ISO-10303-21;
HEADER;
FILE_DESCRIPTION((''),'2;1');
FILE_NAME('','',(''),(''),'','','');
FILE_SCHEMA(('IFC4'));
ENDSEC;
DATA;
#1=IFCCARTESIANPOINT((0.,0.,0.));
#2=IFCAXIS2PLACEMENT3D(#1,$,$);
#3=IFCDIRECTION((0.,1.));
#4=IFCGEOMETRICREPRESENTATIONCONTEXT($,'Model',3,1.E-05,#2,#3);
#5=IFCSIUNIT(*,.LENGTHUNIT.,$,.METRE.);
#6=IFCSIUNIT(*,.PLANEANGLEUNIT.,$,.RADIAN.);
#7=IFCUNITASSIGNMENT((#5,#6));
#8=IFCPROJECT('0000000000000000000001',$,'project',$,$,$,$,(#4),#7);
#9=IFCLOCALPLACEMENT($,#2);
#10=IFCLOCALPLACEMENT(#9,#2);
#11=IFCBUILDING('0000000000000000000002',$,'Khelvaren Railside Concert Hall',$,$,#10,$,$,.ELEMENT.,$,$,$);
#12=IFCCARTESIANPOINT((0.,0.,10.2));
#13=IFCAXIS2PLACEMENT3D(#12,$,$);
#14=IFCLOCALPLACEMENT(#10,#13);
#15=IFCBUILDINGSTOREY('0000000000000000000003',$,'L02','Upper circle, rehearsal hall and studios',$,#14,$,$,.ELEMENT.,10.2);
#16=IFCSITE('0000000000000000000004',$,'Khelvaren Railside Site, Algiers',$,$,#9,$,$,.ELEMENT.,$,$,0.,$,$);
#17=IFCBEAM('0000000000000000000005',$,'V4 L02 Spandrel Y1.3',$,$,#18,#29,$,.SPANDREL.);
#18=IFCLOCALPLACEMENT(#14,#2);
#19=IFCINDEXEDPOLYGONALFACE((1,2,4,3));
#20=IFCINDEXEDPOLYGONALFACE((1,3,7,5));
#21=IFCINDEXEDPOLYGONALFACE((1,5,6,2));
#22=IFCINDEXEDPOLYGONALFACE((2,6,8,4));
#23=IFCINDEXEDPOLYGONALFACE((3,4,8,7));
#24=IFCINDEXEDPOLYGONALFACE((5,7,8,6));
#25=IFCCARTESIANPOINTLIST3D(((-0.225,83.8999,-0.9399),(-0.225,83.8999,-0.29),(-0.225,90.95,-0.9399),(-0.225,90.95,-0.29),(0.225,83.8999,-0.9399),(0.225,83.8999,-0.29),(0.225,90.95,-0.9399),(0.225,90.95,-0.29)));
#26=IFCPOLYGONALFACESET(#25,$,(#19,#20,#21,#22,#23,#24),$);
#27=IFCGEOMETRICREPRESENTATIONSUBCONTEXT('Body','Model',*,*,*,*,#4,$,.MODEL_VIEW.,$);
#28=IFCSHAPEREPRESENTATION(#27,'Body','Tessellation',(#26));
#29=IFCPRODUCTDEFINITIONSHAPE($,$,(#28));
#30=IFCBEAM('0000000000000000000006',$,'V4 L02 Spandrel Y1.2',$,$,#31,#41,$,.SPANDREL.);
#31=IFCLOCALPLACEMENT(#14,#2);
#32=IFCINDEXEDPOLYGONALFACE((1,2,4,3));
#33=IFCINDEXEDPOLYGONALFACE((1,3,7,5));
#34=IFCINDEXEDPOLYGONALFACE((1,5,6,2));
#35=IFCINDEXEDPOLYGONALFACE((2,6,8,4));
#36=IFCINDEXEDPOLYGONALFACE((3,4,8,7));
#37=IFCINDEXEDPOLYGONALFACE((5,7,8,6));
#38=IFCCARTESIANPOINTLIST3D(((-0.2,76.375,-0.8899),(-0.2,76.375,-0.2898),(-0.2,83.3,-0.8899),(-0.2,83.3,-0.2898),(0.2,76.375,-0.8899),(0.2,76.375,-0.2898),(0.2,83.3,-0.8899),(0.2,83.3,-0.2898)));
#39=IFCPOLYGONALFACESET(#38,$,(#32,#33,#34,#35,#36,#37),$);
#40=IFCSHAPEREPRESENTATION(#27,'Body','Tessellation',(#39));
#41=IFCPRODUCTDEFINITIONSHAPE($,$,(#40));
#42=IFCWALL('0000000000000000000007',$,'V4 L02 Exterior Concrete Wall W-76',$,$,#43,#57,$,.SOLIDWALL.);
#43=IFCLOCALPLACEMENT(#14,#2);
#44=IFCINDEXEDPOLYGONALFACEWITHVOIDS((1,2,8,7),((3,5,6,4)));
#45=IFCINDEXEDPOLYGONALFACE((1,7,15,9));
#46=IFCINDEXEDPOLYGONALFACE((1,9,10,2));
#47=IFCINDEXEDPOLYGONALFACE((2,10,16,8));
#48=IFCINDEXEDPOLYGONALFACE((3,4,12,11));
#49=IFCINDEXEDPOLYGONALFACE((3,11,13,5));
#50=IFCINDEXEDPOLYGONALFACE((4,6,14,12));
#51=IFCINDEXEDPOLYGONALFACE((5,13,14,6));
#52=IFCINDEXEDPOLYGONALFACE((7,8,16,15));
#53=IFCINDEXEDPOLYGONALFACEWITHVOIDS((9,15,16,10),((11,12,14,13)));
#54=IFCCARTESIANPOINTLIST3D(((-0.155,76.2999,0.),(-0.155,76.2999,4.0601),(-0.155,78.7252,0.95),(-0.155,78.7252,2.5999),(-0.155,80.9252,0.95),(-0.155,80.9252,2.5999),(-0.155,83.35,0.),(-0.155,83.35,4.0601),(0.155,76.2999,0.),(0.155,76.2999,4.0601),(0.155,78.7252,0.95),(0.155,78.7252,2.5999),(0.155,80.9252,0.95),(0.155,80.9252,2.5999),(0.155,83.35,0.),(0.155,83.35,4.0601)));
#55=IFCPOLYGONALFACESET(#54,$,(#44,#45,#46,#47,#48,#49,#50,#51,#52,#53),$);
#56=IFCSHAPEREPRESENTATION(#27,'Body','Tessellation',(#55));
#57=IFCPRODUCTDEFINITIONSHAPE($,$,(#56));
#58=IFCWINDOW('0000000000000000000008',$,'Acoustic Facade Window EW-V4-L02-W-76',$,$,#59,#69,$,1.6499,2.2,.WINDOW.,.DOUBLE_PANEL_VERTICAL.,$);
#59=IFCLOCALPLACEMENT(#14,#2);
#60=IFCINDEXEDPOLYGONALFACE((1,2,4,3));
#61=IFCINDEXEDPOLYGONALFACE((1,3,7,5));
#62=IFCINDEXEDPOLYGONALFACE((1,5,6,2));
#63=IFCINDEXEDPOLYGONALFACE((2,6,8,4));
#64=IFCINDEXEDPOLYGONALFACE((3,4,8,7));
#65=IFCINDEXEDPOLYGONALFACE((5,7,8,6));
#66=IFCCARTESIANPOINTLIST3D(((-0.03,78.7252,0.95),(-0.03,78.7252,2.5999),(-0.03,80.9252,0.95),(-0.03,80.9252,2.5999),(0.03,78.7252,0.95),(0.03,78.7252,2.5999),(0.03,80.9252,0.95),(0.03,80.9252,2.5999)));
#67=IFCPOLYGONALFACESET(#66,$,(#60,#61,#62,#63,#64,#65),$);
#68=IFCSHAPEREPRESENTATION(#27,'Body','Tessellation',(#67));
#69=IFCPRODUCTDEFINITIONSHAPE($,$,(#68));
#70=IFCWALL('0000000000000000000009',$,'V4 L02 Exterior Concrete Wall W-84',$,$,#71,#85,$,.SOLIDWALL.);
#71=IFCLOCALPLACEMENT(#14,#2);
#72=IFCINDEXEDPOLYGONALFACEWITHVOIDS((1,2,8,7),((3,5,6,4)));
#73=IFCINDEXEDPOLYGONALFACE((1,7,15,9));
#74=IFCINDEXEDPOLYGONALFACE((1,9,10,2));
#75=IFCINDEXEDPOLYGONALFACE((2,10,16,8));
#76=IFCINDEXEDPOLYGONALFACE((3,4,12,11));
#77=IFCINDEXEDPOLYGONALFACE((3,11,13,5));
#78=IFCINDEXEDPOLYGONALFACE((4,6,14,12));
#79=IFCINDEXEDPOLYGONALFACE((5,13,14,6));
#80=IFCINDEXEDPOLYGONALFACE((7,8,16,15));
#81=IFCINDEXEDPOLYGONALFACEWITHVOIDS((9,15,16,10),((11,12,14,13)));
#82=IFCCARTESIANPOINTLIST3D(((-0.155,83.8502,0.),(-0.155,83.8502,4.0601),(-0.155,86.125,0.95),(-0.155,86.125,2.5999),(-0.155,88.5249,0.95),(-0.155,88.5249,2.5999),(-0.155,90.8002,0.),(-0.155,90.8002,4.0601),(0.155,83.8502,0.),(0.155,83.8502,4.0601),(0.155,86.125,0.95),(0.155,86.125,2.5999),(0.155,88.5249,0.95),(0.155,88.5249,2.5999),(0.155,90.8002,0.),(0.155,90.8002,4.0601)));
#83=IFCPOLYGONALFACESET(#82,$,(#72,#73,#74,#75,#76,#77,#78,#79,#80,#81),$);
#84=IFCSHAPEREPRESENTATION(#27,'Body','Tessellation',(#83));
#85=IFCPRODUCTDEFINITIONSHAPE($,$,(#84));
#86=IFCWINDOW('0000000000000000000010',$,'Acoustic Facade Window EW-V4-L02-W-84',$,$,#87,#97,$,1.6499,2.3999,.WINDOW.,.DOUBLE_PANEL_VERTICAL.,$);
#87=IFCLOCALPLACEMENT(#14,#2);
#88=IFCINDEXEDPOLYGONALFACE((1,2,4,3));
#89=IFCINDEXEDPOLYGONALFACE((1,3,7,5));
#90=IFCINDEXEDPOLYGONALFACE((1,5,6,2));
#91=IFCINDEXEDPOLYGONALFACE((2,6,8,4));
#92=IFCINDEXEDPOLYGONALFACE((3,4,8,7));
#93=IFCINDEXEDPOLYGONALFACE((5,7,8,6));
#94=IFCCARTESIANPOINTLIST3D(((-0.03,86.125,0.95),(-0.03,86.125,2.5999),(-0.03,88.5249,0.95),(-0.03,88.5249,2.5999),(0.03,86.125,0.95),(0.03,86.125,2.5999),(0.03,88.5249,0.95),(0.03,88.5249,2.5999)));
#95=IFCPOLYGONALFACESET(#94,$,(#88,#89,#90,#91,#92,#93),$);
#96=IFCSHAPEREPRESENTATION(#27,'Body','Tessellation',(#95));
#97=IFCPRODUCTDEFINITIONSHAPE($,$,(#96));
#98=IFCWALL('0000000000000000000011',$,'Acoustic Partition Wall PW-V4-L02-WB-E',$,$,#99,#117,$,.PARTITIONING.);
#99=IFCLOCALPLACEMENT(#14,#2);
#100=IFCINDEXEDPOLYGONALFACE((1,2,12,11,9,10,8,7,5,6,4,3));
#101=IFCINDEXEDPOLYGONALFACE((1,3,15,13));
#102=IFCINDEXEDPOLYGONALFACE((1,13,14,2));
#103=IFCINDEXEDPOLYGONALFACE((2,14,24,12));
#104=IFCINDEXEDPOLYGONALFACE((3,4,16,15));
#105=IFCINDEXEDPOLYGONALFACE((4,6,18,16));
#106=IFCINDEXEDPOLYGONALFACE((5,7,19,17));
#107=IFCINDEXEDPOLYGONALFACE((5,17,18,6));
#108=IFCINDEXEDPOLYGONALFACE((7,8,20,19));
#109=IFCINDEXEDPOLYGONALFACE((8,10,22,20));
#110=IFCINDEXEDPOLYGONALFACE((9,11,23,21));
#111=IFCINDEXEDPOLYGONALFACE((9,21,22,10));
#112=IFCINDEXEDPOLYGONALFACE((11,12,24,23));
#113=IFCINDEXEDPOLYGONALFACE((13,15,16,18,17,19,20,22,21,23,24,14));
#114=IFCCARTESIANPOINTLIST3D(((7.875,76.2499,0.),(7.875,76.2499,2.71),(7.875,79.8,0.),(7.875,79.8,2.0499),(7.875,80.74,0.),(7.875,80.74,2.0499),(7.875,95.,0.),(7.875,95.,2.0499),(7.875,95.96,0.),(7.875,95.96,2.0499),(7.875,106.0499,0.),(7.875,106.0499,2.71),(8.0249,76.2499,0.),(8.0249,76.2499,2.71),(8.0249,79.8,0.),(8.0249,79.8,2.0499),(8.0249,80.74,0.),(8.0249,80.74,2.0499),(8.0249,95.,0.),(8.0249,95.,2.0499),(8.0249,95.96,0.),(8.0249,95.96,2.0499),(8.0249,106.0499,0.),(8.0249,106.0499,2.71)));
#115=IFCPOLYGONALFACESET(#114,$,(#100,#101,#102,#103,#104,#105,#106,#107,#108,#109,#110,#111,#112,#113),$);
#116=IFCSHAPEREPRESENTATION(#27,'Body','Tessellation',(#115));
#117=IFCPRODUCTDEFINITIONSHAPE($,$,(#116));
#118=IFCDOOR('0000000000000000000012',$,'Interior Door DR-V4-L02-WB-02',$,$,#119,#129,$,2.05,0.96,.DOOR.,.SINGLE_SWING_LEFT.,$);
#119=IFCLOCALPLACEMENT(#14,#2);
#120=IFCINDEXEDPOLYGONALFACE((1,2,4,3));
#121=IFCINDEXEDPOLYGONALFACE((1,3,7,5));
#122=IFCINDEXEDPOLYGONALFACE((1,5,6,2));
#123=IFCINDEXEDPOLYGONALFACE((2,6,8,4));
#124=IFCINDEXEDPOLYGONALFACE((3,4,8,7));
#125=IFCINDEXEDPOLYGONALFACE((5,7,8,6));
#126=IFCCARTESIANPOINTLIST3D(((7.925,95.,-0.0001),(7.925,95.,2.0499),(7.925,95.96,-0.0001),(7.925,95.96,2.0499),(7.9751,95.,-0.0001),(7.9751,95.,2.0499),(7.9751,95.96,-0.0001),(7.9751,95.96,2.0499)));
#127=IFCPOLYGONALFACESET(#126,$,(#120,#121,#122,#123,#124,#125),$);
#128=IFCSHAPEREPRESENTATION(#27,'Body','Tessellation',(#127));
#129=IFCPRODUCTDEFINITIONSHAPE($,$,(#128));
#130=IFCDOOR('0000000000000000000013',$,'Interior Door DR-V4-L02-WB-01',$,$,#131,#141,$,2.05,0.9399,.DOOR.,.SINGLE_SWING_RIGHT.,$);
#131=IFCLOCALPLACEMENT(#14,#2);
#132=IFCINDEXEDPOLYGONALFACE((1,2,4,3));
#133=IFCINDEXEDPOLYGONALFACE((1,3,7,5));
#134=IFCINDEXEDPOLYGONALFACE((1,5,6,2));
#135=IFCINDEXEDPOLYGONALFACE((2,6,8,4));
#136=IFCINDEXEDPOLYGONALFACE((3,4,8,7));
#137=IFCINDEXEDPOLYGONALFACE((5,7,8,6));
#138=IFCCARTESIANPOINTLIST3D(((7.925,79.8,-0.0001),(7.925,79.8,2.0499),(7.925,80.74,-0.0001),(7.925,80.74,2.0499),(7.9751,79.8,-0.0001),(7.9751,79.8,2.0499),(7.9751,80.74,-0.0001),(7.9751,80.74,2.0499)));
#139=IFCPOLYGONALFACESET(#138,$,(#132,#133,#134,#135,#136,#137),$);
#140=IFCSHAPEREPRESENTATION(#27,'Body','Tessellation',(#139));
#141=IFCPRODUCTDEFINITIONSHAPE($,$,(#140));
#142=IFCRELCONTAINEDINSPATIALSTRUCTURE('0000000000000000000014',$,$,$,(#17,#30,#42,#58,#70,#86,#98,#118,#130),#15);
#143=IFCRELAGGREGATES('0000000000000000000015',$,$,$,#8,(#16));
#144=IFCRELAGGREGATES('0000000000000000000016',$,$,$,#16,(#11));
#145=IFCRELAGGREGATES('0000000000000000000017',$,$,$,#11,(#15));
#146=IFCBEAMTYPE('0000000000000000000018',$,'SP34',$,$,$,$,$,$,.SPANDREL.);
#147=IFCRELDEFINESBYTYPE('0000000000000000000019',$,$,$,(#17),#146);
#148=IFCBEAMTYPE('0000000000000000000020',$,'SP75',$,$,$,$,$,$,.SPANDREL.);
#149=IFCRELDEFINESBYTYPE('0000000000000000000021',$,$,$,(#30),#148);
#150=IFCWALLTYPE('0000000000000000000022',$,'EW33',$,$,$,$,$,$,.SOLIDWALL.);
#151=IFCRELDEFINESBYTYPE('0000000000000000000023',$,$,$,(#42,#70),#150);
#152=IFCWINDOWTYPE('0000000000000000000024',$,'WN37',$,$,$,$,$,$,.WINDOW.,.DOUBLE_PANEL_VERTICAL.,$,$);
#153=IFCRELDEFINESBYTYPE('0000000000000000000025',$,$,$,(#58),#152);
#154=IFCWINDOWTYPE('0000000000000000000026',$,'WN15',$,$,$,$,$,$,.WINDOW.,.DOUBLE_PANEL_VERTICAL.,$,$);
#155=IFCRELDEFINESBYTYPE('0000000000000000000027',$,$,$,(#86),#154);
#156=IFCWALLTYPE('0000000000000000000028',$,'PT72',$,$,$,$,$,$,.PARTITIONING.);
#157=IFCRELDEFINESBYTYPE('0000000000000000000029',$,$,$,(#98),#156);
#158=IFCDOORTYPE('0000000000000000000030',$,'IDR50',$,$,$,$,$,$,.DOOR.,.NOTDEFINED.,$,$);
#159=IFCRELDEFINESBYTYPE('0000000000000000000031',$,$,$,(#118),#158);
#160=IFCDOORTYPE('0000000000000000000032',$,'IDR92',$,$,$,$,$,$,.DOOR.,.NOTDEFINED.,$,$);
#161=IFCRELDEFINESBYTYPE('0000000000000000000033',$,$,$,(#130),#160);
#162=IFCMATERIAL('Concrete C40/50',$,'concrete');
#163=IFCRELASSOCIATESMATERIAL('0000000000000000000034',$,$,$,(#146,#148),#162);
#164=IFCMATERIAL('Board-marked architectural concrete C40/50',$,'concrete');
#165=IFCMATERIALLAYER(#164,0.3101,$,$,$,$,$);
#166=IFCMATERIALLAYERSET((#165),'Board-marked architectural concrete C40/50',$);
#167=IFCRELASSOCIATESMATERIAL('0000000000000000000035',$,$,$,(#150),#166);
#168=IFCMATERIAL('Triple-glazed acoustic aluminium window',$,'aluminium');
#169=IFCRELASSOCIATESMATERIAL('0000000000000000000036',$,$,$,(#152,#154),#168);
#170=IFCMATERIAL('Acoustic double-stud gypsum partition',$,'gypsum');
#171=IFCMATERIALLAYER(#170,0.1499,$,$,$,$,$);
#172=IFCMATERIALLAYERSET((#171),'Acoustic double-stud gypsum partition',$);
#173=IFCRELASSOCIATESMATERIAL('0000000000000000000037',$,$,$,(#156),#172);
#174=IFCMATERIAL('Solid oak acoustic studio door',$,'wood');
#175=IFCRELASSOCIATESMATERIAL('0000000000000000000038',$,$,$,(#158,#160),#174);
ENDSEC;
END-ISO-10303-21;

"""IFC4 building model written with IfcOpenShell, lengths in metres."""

from ifc_helpers import new_model, si_unit, direction, frame, frame_2d, origin, origin_2d, place, context, subcontext, project, spatial, rectangle, extrude, material, layer, layer_set, material_profile, profile_set, type_object, element, fill, save


model = new_model("IFC4")

# Units and contexts
model_context = context("Model", 3, precision=1e-05, world=origin(), true_north=direction((0.0, 1.0)))
body_context = subcontext(model_context, "Body", "Model", "MODEL_VIEW")
ifc_project = project(units=[si_unit("LENGTHUNIT", "METRE"), si_unit("PLANEANGLEUNIT", "RADIAN")], contexts=[model_context])

# Site, building, storey
site_placement = place(None, origin())
site = spatial("IfcSite", under=ifc_project, at=site_placement, Name="Khelvaren Railside Site, Algiers", CompositionType="ELEMENT", RefElevation=0.0)
building_placement = place(site_placement, origin())
building = spatial("IfcBuilding", under=site, at=building_placement, Name="Khelvaren Railside Concert Hall", CompositionType="ELEMENT")
storey_placement = place(building_placement, frame((0.0, 0.0, 10.2)))
storey = spatial("IfcBuildingStorey", under=building, at=storey_placement, Name="L02", Description="Upper circle, rehearsal hall and studios", CompositionType="ELEMENT", Elevation=10.2)

# Beams
ifc_material_1 = material(Name="Concrete C40/50", Category="concrete")
ifc_material_profile_1 = material_profile(ifc_material_1, rectangle(XDim=0.45, YDim=0.6499, at=origin_2d()), Name="RCB 450x650")
ifc_profile_set_1 = profile_set([ifc_material_profile_1], Name="Concrete C40/50")
beam_type_1 = type_object("IfcBeamType", Name="SP34", PredefinedType="SPANDREL", material=ifc_profile_set_1)
beam_1_placement = place(storey_placement, frame((0.0, 83.8999, -0.615), z_axis=(0.0, 1.0, 0.0), x_axis=(-1.0, 0.0, 0.0)))
element("IfcBeam", 1, at=beam_1_placement, inside=storey, type_object=beam_type_1, Name="V4 L02 Spandrel Y1.3", PredefinedType="SPANDREL", context=body_context, shape_type="SweptSolid", body=[
    extrude(rectangle(XDim=0.45, YDim=0.6499, at=origin_2d()), origin(), (0.0, 0.0, 1.0), 7.05),
])
ifc_material_profile_2 = material_profile(ifc_material_1, rectangle(XDim=0.3999, YDim=0.6001, at=origin_2d()), Name="RCB 400x600")
ifc_profile_set_2 = profile_set([ifc_material_profile_2], Name="Concrete C40/50")
beam_type_2 = type_object("IfcBeamType", Name="SP75", PredefinedType="SPANDREL", material=ifc_profile_set_2)
beam_2_placement = place(storey_placement, frame((0.0, 76.375, -0.5898), z_axis=(0.0, 1.0, 0.0), x_axis=(-1.0, 0.0, 0.0)))
element("IfcBeam", 2, at=beam_2_placement, inside=storey, type_object=beam_type_2, Name="V4 L02 Spandrel Y1.2", PredefinedType="SPANDREL", context=body_context, shape_type="SweptSolid", body=[
    extrude(rectangle(XDim=0.3999, YDim=0.6001, at=origin_2d()), origin(), (0.0, 0.0, 1.0), 6.925),
])

# Walls, openings, windows
ifc_material_2 = material(Name="Board-marked architectural concrete C40/50", Category="concrete")
ifc_layer_1 = layer(ifc_material_2, 0.3101)
ifc_layer_set_1 = layer_set([ifc_layer_1], Name="Board-marked architectural concrete C40/50")
wall_type_1 = type_object("IfcWallType", Name="EW33", PredefinedType="SOLIDWALL", material=ifc_layer_set_1)
wall_1_placement = place(storey_placement, frame((0.0, 76.3, 0.0), z_axis=(0.0, 0.0, 1.0), x_axis=(0.0, 1.0, 0.0)))
wall_1 = element("IfcWall", 3, at=wall_1_placement, inside=storey, type_object=wall_type_1, Name="V4 L02 Exterior Concrete Wall W-76", PredefinedType="SOLIDWALL", context=body_context, shape_type="SweptSolid", body=[
    extrude(rectangle(XDim=7.05, YDim=0.3101, at=frame_2d((3.5249, 0.0))), origin(), (0.0, 0.0, 1.0), 4.0601),
])
opening_1_placement = place(wall_1_placement, frame((2.425, 0.0, 0.95)))
opening_1 = element("IfcOpeningElement", 4, at=opening_1_placement, cuts=wall_1, PredefinedType="OPENING", context=body_context, shape_type="SweptSolid", body=[
    extrude(rectangle(XDim=2.2, YDim=1.6499, at=frame_2d((1.1001, 0.825))), frame((0.0, 0.165, 0.0), z_axis=(0.0, -1.0, 0.0), x_axis=(1.0, 0.0, 0.0)), (0.0, 0.0, 1.0), 0.3301),
])
ifc_material_3 = material(Name="Triple-glazed acoustic aluminium window", Category="aluminium")
window_type_1 = type_object("IfcWindowType", Name="WN37", PartitioningType="DOUBLE_PANEL_VERTICAL", PredefinedType="WINDOW", material=ifc_material_3)
window_1_placement = place(opening_1_placement, origin())
window_1 = element("IfcWindow", 5, at=window_1_placement, inside=storey, type_object=window_type_1, Name="Acoustic Facade Window EW-V4-L02-W-76", OverallHeight=1.6499, OverallWidth=2.2, PartitioningType="DOUBLE_PANEL_VERTICAL", PredefinedType="WINDOW", context=body_context, shape_type="SweptSolid", body=[
    extrude(rectangle(XDim=2.2, YDim=1.6499, at=frame_2d((1.1001, 0.825))), frame((0.0, 0.03, 0.0), z_axis=(0.0, -1.0, 0.0), x_axis=(1.0, 0.0, 0.0)), (0.0, 0.0, 1.0), 0.0601),
])
fill(opening_1, window_1)
wall_2_placement = place(storey_placement, frame((0.0, 83.8501, 0.0), z_axis=(0.0, 0.0, 1.0), x_axis=(0.0, 1.0, 0.0)))
wall_2 = element("IfcWall", 6, at=wall_2_placement, inside=storey, type_object=wall_type_1, Name="V4 L02 Exterior Concrete Wall W-84", PredefinedType="SOLIDWALL", context=body_context, shape_type="SweptSolid", body=[
    extrude(rectangle(XDim=6.95, YDim=0.3101, at=frame_2d((3.4751, 0.0))), origin(), (0.0, 0.0, 1.0), 4.0601),
])
opening_2_placement = place(wall_2_placement, frame((2.2749, 0.0, 0.95)))
opening_2 = element("IfcOpeningElement", 7, at=opening_2_placement, cuts=wall_2, PredefinedType="OPENING", context=body_context, shape_type="SweptSolid", body=[
    extrude(rectangle(XDim=2.3999, YDim=1.6499, at=frame_2d((1.2, 0.825))), frame((0.0, 0.165, 0.0), z_axis=(0.0, -1.0, 0.0), x_axis=(1.0, 0.0, 0.0)), (0.0, 0.0, 1.0), 0.3301),
])
window_type_2 = type_object("IfcWindowType", Name="WN15", PartitioningType="DOUBLE_PANEL_VERTICAL", PredefinedType="WINDOW", material=ifc_material_3)
window_2_placement = place(opening_2_placement, origin())
window_2 = element("IfcWindow", 8, at=window_2_placement, inside=storey, type_object=window_type_2, Name="Acoustic Facade Window EW-V4-L02-W-84", OverallHeight=1.6499, OverallWidth=2.3999, PartitioningType="DOUBLE_PANEL_VERTICAL", PredefinedType="WINDOW", context=body_context, shape_type="SweptSolid", body=[
    extrude(rectangle(XDim=2.3999, YDim=1.6499, at=frame_2d((1.2, 0.825))), frame((0.0, 0.03, 0.0), z_axis=(0.0, -1.0, 0.0), x_axis=(1.0, 0.0, 0.0)), (0.0, 0.0, 1.0), 0.0601),
])
fill(opening_2, window_2)

# Wall, openings, doors
ifc_material_4 = material(Name="Acoustic double-stud gypsum partition", Category="gypsum")
ifc_layer_2 = layer(ifc_material_4, 0.1499)
ifc_layer_set_2 = layer_set([ifc_layer_2], Name="Acoustic double-stud gypsum partition")
wall_type_2 = type_object("IfcWallType", Name="PT72", PredefinedType="PARTITIONING", material=ifc_layer_set_2)
wall_3_placement = place(storey_placement, frame((7.95, 76.25, 0.0), z_axis=(0.0, 0.0, 1.0), x_axis=(0.0, 1.0, 0.0)))
wall_3 = element("IfcWall", 9, at=wall_3_placement, inside=storey, type_object=wall_type_2, Name="Acoustic Partition Wall PW-V4-L02-WB-E", PredefinedType="PARTITIONING", context=body_context, shape_type="SweptSolid", body=[
    extrude(rectangle(XDim=29.8, YDim=0.1499, at=frame_2d((14.8999, 0.0))), origin(), (0.0, 0.0, 1.0), 2.71),
])
opening_3_placement = place(wall_3_placement, frame((3.55, 0.0, 0.0)))
opening_3 = element("IfcOpeningElement", 10, at=opening_3_placement, cuts=wall_3, PredefinedType="OPENING", context=body_context, shape_type="SweptSolid", body=[
    extrude(rectangle(XDim=0.9399, YDim=2.05, at=frame_2d((0.47, 1.0249))), frame((0.0, 0.085, 0.0), z_axis=(0.0, -1.0, 0.0), x_axis=(1.0, 0.0, 0.0)), (0.0, 0.0, 1.0), 0.1699),
])
opening_4_placement = place(wall_3_placement, frame((18.75, 0.0, 0.0)))
opening_4 = element("IfcOpeningElement", 11, at=opening_4_placement, cuts=wall_3, PredefinedType="OPENING", context=body_context, shape_type="SweptSolid", body=[
    extrude(rectangle(XDim=0.96, YDim=2.05, at=frame_2d((0.48, 1.0249))), frame((0.0, 0.085, 0.0), z_axis=(0.0, -1.0, 0.0), x_axis=(1.0, 0.0, 0.0)), (0.0, 0.0, 1.0), 0.1699),
])
ifc_material_5 = material(Name="Solid oak acoustic studio door", Category="wood")
door_type_1 = type_object("IfcDoorType", Name="IDR50", OperationType="NOTDEFINED", PredefinedType="DOOR", material=ifc_material_5)
door_1_placement = place(opening_4_placement, origin())
door_1 = element("IfcDoor", 12, at=door_1_placement, inside=storey, type_object=door_type_1, Name="Interior Door DR-V4-L02-WB-02", OperationType="SINGLE_SWING_LEFT", OverallHeight=2.05, OverallWidth=0.96, PredefinedType="DOOR", context=body_context, shape_type="SweptSolid", body=[
    extrude(rectangle(XDim=0.96, YDim=2.05, at=frame_2d((0.48, 1.0249))), frame((0.0, 0.0249, 0.0), z_axis=(0.0, -1.0, 0.0), x_axis=(1.0, 0.0, 0.0)), (0.0, 0.0, 1.0), 0.05),
])
fill(opening_4, door_1)
door_type_2 = type_object("IfcDoorType", Name="IDR92", OperationType="NOTDEFINED", PredefinedType="DOOR", material=ifc_material_5)
door_2_placement = place(opening_3_placement, origin())
door_2 = element("IfcDoor", 13, at=door_2_placement, inside=storey, type_object=door_type_2, Name="Interior Door DR-V4-L02-WB-01", OperationType="SINGLE_SWING_RIGHT", OverallHeight=2.05, OverallWidth=0.9399, PredefinedType="DOOR", context=body_context, shape_type="SweptSolid", body=[
    extrude(rectangle(XDim=0.9399, YDim=2.05, at=frame_2d((0.47, 1.0249))), frame((0.0, 0.0249, 0.0), z_axis=(0.0, -1.0, 0.0), x_axis=(1.0, 0.0, 0.0)), (0.0, 0.0, 1.0), 0.05),
])
fill(opening_3, door_2)

save(model, "model.ifc")
